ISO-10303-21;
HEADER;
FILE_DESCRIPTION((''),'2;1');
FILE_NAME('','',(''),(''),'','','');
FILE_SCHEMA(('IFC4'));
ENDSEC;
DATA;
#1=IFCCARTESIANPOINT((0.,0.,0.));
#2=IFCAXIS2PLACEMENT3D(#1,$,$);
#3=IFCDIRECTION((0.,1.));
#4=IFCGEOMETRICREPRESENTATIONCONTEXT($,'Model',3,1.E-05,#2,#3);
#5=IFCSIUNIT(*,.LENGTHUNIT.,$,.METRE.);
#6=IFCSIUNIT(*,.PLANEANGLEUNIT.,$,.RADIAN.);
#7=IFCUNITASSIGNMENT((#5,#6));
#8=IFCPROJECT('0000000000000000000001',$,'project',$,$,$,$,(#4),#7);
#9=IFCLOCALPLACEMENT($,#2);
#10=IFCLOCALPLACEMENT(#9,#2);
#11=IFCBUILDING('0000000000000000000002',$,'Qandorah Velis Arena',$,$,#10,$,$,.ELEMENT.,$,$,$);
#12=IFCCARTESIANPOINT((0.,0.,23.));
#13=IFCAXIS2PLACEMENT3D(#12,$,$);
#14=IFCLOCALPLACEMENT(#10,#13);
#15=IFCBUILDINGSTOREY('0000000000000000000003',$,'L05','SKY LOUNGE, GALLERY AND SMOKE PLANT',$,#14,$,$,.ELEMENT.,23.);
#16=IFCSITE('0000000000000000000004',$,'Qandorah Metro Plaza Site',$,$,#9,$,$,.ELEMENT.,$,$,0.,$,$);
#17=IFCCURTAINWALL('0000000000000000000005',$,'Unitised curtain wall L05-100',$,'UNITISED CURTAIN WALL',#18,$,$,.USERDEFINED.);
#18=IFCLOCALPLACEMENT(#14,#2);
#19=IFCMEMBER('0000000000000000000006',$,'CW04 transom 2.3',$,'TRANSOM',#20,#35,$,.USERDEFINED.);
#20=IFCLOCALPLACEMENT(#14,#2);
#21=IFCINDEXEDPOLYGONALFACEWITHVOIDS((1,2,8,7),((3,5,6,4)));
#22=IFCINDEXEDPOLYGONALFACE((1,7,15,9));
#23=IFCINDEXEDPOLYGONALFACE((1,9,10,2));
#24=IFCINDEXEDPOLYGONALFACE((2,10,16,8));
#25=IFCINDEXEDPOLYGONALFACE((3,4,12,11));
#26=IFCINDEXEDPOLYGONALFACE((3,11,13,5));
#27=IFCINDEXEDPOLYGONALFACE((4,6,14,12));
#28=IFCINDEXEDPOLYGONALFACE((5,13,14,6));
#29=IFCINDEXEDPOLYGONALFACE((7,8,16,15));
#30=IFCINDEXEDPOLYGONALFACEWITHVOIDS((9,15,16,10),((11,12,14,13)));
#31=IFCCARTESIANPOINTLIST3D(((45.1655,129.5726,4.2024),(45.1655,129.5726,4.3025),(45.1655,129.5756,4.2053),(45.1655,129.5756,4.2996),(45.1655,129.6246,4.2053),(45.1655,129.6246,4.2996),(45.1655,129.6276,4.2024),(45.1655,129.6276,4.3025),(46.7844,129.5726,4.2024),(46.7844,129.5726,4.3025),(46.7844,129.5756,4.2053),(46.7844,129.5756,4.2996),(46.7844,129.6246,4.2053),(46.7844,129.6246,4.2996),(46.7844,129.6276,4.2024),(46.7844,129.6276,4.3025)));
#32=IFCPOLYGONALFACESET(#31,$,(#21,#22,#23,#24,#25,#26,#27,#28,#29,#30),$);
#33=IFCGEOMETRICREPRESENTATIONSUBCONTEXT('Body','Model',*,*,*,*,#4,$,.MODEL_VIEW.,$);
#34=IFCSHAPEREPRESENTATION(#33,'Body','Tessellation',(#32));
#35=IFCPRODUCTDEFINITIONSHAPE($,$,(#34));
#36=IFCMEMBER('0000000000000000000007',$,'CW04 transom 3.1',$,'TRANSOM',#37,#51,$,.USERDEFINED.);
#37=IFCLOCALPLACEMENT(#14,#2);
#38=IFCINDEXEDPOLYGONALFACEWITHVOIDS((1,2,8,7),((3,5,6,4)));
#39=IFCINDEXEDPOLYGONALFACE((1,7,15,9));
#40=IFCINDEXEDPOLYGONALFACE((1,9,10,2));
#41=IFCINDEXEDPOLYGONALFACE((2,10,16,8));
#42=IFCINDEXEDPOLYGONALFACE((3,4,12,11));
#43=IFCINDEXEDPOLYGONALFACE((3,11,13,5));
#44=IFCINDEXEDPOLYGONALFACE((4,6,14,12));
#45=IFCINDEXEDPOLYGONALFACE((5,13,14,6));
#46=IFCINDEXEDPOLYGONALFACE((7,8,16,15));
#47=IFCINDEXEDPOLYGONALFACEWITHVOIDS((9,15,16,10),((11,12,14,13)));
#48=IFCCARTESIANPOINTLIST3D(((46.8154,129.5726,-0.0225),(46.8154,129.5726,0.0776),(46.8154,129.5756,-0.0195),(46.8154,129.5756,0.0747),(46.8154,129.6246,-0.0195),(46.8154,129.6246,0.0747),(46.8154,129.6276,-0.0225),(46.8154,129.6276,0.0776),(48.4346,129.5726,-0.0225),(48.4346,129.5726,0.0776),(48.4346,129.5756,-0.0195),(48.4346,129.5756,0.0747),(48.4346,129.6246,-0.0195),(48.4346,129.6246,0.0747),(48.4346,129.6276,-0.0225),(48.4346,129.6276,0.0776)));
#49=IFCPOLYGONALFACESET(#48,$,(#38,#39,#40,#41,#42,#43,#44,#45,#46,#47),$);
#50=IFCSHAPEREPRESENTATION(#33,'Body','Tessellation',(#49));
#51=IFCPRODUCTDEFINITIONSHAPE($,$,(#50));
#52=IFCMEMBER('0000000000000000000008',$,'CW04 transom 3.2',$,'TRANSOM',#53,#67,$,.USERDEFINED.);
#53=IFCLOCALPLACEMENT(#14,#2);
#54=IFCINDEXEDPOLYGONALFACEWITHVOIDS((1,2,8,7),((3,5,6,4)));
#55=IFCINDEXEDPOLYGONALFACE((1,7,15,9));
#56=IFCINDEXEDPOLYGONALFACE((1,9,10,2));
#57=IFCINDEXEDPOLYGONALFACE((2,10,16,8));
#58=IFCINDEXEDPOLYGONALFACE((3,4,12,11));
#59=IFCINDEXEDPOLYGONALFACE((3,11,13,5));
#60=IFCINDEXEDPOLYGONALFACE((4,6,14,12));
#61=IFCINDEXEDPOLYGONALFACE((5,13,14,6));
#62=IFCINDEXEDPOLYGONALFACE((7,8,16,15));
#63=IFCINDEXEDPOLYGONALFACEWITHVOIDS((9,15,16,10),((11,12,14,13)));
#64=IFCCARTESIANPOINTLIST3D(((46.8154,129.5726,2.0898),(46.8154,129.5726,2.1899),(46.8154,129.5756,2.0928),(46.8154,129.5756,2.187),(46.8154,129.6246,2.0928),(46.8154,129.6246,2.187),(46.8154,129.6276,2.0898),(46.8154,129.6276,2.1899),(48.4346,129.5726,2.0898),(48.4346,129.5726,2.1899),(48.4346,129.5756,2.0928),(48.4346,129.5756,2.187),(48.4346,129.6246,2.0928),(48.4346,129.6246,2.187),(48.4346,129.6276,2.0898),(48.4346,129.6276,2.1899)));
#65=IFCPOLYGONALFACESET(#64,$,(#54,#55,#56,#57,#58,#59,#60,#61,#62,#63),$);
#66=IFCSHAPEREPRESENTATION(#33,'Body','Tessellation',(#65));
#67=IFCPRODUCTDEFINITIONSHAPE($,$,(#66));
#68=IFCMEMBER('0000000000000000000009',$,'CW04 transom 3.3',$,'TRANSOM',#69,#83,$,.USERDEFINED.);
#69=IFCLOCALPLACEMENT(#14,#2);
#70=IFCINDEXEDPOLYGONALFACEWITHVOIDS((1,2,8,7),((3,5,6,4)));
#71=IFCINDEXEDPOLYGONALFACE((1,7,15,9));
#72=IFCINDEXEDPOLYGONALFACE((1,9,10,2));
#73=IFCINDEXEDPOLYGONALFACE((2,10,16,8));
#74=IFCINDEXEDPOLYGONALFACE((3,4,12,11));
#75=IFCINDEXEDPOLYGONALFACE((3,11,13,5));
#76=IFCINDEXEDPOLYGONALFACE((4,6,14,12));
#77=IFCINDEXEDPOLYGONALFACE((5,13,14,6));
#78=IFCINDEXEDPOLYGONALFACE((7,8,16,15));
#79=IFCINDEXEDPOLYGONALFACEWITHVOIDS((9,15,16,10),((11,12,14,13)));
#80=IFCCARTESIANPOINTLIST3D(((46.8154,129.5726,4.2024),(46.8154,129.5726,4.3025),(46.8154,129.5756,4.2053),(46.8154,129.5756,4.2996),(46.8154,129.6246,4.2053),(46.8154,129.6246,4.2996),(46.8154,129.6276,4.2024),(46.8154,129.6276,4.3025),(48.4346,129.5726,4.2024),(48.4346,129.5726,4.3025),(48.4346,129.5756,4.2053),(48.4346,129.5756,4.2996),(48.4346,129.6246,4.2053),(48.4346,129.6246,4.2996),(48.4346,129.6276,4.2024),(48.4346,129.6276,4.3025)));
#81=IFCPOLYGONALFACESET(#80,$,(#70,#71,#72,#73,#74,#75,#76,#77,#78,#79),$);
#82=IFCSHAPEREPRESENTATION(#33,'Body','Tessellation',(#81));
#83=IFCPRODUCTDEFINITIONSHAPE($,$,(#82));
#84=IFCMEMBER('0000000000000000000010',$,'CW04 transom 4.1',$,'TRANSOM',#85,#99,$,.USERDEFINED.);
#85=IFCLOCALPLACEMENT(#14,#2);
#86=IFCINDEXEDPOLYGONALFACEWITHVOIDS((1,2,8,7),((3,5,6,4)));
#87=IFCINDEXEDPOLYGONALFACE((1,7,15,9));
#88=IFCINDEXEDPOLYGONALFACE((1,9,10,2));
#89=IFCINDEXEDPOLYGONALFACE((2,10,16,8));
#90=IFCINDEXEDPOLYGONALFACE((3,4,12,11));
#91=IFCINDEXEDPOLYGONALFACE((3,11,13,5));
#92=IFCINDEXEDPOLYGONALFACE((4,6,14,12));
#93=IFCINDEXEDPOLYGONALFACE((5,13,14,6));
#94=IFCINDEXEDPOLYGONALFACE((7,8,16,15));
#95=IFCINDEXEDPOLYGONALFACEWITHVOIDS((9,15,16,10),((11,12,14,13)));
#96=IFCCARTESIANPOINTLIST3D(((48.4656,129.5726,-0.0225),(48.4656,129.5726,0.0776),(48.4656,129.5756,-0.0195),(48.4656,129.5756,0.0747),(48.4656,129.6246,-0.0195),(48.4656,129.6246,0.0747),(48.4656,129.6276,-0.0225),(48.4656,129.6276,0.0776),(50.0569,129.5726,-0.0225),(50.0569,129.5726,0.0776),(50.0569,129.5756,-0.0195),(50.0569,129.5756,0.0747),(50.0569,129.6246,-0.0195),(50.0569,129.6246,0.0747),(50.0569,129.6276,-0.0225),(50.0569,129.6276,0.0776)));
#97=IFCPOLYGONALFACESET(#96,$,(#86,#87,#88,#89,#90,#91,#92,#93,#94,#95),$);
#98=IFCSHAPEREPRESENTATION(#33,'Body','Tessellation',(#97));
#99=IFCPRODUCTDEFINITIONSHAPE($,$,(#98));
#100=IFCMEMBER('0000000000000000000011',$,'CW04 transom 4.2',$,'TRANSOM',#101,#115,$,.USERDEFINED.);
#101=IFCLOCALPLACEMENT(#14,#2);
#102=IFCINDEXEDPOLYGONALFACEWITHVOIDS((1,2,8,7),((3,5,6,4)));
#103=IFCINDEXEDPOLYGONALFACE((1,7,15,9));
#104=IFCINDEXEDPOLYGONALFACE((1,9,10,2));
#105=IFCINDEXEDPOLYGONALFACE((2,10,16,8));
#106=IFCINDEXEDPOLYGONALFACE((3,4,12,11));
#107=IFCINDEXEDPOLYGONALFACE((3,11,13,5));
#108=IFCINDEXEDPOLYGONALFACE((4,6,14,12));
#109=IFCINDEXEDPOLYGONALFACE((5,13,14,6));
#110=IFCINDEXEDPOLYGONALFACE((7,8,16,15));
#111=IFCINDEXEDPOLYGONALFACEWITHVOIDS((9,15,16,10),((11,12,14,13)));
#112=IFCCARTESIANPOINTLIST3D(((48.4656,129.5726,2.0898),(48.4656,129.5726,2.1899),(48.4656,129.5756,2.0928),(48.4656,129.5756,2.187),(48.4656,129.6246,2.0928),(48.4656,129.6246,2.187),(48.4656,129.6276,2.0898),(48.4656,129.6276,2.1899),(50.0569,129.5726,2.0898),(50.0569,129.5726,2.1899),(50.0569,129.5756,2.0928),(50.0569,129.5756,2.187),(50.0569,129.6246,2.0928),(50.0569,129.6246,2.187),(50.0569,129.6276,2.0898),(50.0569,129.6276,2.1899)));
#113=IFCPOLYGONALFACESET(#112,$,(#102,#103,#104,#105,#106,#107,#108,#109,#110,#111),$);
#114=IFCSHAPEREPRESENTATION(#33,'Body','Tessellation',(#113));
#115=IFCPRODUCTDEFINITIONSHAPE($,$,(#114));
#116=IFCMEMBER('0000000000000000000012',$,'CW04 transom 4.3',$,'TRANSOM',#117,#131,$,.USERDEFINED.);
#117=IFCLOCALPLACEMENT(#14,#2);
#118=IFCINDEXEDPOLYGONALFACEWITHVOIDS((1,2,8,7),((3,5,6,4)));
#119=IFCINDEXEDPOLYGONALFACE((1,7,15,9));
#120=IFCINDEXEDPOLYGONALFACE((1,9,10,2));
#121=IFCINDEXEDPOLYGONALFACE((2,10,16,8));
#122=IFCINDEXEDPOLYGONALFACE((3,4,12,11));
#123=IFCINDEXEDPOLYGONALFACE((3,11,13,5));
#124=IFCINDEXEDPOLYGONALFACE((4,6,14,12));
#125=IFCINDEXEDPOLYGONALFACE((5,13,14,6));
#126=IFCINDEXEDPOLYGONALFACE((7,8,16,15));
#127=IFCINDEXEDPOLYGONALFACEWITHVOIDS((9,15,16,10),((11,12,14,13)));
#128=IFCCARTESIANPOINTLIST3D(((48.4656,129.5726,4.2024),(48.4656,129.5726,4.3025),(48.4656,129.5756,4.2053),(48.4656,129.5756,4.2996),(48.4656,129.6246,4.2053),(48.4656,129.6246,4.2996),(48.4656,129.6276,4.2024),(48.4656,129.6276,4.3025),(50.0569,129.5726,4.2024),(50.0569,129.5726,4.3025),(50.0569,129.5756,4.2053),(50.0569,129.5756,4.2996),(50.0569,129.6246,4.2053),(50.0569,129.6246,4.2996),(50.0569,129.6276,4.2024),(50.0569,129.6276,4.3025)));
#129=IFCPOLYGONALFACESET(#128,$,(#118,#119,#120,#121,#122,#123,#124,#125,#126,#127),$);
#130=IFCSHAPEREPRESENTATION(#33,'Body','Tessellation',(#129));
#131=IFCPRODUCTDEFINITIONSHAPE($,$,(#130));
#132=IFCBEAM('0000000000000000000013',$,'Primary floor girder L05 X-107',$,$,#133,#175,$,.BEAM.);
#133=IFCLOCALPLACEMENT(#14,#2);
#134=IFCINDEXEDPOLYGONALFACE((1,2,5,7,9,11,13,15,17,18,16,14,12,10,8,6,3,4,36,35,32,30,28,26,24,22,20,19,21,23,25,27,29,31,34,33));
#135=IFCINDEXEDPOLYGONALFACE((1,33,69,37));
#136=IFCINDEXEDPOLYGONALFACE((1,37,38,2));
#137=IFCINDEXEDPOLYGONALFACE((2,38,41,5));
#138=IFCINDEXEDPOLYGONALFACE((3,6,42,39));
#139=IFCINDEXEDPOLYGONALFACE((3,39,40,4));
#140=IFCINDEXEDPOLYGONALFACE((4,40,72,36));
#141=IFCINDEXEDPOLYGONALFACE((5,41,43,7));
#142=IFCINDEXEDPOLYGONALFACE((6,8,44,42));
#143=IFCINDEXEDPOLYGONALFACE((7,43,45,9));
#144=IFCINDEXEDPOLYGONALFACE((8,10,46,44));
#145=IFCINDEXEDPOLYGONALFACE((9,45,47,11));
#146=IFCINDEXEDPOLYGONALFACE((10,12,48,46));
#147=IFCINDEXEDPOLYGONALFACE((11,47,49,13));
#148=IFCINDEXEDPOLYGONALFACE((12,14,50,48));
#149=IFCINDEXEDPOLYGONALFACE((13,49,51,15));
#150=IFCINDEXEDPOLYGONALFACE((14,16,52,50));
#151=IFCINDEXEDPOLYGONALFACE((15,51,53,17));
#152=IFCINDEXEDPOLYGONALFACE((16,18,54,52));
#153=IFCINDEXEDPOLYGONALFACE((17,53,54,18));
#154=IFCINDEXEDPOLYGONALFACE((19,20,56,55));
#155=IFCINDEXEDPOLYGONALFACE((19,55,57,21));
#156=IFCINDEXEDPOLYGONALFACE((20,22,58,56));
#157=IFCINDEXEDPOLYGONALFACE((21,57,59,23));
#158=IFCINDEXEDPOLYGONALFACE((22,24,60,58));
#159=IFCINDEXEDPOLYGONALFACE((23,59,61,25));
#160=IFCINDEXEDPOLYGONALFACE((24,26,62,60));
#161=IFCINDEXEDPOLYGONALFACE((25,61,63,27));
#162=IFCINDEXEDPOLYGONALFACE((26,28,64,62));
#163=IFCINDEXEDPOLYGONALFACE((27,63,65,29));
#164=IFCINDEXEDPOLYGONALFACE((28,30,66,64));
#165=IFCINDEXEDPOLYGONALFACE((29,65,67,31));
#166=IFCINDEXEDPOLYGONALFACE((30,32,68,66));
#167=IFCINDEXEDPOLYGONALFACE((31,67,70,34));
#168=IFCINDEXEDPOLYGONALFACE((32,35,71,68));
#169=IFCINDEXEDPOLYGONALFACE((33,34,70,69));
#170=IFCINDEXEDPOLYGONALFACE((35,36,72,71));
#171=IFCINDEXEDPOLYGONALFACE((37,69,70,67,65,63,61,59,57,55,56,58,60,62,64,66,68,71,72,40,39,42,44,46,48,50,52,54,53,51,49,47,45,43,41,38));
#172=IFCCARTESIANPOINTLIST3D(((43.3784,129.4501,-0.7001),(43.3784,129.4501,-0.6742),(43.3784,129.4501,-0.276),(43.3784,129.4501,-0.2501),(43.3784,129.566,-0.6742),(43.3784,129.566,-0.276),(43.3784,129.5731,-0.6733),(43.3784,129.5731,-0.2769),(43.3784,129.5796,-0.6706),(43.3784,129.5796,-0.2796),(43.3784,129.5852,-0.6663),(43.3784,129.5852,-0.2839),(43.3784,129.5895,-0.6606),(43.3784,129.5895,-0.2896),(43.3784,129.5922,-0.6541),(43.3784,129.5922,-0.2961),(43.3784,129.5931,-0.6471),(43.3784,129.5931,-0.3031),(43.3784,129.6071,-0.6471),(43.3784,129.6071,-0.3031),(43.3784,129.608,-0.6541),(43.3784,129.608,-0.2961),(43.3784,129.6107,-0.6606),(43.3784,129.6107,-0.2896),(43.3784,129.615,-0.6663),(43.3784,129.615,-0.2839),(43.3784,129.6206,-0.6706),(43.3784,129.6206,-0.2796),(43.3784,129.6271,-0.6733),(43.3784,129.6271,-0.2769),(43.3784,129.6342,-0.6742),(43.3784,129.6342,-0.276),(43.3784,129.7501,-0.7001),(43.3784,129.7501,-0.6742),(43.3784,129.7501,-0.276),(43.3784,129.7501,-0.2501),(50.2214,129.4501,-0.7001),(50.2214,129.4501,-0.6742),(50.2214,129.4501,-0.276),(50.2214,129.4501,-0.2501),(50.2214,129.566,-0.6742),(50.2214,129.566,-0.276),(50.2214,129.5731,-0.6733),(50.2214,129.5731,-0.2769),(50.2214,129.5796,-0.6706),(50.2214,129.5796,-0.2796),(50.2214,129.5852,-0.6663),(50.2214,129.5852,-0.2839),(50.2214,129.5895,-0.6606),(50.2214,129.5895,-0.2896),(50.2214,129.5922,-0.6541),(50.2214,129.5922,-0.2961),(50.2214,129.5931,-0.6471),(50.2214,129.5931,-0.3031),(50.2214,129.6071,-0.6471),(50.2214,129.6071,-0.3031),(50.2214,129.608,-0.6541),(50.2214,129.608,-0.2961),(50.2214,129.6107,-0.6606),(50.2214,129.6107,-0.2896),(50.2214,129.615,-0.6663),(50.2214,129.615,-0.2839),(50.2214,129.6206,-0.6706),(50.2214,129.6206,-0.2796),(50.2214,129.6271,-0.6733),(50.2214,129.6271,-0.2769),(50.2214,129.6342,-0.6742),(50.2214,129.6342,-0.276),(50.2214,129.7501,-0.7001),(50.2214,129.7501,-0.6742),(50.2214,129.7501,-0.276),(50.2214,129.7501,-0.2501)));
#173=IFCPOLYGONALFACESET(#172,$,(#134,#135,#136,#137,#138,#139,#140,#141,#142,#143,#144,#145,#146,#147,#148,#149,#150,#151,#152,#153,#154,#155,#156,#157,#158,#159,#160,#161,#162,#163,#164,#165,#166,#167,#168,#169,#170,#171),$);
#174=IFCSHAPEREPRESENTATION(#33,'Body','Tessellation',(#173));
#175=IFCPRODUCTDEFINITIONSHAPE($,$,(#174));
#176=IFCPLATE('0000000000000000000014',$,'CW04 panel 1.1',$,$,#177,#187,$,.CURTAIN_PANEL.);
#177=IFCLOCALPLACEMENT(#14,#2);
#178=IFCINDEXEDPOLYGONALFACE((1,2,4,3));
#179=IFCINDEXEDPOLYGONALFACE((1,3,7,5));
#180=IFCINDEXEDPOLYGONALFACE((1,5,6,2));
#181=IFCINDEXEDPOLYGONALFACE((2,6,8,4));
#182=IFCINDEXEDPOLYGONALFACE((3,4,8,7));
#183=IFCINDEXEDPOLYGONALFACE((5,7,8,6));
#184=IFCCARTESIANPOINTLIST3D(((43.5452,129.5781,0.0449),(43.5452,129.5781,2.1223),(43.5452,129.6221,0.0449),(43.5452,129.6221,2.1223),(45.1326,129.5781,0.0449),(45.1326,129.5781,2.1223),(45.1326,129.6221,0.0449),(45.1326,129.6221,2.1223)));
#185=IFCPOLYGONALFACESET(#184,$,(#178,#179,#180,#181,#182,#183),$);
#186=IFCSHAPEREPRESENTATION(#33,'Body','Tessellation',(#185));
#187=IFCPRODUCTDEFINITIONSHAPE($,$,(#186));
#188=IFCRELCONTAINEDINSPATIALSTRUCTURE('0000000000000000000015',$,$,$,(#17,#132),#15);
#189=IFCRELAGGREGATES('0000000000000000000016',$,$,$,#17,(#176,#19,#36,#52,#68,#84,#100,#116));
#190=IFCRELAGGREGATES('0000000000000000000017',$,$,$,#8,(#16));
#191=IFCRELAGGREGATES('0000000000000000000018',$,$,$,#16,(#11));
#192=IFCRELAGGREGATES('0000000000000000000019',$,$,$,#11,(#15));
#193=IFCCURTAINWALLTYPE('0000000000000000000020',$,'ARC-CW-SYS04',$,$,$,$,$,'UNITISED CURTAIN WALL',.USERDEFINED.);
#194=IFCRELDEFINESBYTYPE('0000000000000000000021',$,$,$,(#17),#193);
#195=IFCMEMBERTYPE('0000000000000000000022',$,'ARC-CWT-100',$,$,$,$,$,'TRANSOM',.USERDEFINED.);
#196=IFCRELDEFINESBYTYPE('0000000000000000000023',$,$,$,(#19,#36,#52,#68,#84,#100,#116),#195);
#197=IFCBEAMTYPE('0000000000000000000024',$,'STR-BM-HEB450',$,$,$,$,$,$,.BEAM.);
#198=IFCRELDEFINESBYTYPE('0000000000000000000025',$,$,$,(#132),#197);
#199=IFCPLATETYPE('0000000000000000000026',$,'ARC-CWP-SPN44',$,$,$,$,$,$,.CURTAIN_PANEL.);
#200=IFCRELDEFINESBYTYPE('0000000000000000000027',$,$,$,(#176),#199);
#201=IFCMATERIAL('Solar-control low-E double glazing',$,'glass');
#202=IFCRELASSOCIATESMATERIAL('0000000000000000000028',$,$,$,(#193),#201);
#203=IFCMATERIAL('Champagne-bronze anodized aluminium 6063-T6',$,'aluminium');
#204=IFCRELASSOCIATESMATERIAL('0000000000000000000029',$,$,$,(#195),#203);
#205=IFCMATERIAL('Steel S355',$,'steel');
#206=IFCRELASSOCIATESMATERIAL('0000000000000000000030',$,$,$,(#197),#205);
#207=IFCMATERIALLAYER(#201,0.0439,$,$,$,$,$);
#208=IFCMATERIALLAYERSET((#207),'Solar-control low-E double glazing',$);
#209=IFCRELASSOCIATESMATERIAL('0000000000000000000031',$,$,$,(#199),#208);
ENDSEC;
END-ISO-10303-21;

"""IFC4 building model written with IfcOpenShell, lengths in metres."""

from ifc_helpers import new_model, si_unit, direction, frame, origin, origin_2d, place, context, subcontext, project, spatial, rectangle, hollow_rectangle, i_section, extrude, material, layer, layer_set, material_profile, profile_set, type_object, element, aggregate, save


model = new_model("IFC4")

# Units and contexts
model_context = context("Model", 3, precision=1e-05, world=origin(), true_north=direction((0.0, 1.0)))
body_context = subcontext(model_context, "Body", "Model", "MODEL_VIEW")
ifc_project = project(units=[si_unit("LENGTHUNIT", "METRE"), si_unit("PLANEANGLEUNIT", "RADIAN")], contexts=[model_context])

# Site, building, storey
site_placement = place(None, origin())
site = spatial("IfcSite", under=ifc_project, at=site_placement, Name="Qandorah Metro Plaza Site", CompositionType="ELEMENT", RefElevation=0.0)
building_placement = place(site_placement, origin())
building = spatial("IfcBuilding", under=site, at=building_placement, Name="Qandorah Velis Arena", CompositionType="ELEMENT")
storey_placement = place(building_placement, frame((0.0, 0.0, 23.0)))
storey = spatial("IfcBuildingStorey", under=building, at=storey_placement, Name="L05", Description="SKY LOUNGE, GALLERY AND SMOKE PLANT", CompositionType="ELEMENT", Elevation=23.0)

# Curtain wall, members
ifc_material_1 = material(Name="Solar-control low-E double glazing", Category="glass")
curtain_wall_type = type_object("IfcCurtainWallType", Name="ARC-CW-SYS04", ElementType="UNITISED CURTAIN WALL", PredefinedType="USERDEFINED", material=ifc_material_1)
curtain_wall_placement = place(storey_placement, origin())
curtain_wall = element("IfcCurtainWall", 1, at=curtain_wall_placement, inside=storey, type_object=curtain_wall_type, Name="Unitised curtain wall L05-100", ObjectType="UNITISED CURTAIN WALL", PredefinedType="USERDEFINED")
ifc_material_2 = material(Name="Champagne-bronze anodized aluminium 6063-T6", Category="aluminium")
ifc_material_profile_1 = material_profile(ifc_material_2, hollow_rectangle(XDim=0.0549, YDim=0.1001, WallThickness=0.0029, at=origin_2d()), Name="ALU TRANSOM 55x100")
ifc_profile_set_1 = profile_set([ifc_material_profile_1], Name="Champagne-bronze anodized aluminium 6063-T6")
member_type_1 = type_object("IfcMemberType", Name="ARC-CWT-100", ElementType="TRANSOM", PredefinedType="USERDEFINED", material=ifc_profile_set_1)
member_1_placement = place(storey_placement, frame((45.1655, 129.6001, 4.2524), z_axis=(1.0, 0.0, 0.0), x_axis=(0.0, 1.0, 0.0)))
member_1 = element("IfcMember", 2, at=member_1_placement, type_object=member_type_1, Name="CW04 transom 2.3", ObjectType="TRANSOM", PredefinedType="USERDEFINED", context=body_context, shape_type="SweptSolid", body=[
    extrude(hollow_rectangle(XDim=0.0549, YDim=0.1001, WallThickness=0.0029, at=origin_2d()), origin(), (0.0, 0.0, 1.0), 1.6189),
])
member_2_placement = place(storey_placement, frame((46.8154, 129.6001, 0.0276), z_axis=(1.0, 0.0, 0.0), x_axis=(0.0, 1.0, 0.0)))
member_2 = element("IfcMember", 3, at=member_2_placement, type_object=member_type_1, Name="CW04 transom 3.1", ObjectType="TRANSOM", PredefinedType="USERDEFINED", context=body_context, shape_type="SweptSolid", body=[
    extrude(hollow_rectangle(XDim=0.0549, YDim=0.1001, WallThickness=0.0029, at=origin_2d()), origin(), (0.0, 0.0, 1.0), 1.6191),
])
member_3_placement = place(storey_placement, frame((46.8154, 129.6001, 2.1399), z_axis=(1.0, 0.0, 0.0), x_axis=(0.0, 1.0, 0.0)))
member_3 = element("IfcMember", 4, at=member_3_placement, type_object=member_type_1, Name="CW04 transom 3.2", ObjectType="TRANSOM", PredefinedType="USERDEFINED", context=body_context, shape_type="SweptSolid", body=[
    extrude(hollow_rectangle(XDim=0.0549, YDim=0.1001, WallThickness=0.0029, at=origin_2d()), origin(), (0.0, 0.0, 1.0), 1.6191),
])
member_4_placement = place(storey_placement, frame((46.8154, 129.6001, 4.2524), z_axis=(1.0, 0.0, 0.0), x_axis=(0.0, 1.0, 0.0)))
member_4 = element("IfcMember", 5, at=member_4_placement, type_object=member_type_1, Name="CW04 transom 3.3", ObjectType="TRANSOM", PredefinedType="USERDEFINED", context=body_context, shape_type="SweptSolid", body=[
    extrude(hollow_rectangle(XDim=0.0549, YDim=0.1001, WallThickness=0.0029, at=origin_2d()), origin(), (0.0, 0.0, 1.0), 1.6191),
])
member_5_placement = place(storey_placement, frame((48.4656, 129.6001, 0.0276), z_axis=(1.0, 0.0, 0.0), x_axis=(0.0, 1.0, 0.0)))
member_5 = element("IfcMember", 6, at=member_5_placement, type_object=member_type_1, Name="CW04 transom 4.1", ObjectType="TRANSOM", PredefinedType="USERDEFINED", context=body_context, shape_type="SweptSolid", body=[
    extrude(hollow_rectangle(XDim=0.0549, YDim=0.1001, WallThickness=0.0029, at=origin_2d()), origin(), (0.0, 0.0, 1.0), 1.5913),
])
member_6_placement = place(storey_placement, frame((48.4656, 129.6001, 2.1399), z_axis=(1.0, 0.0, 0.0), x_axis=(0.0, 1.0, 0.0)))
member_6 = element("IfcMember", 7, at=member_6_placement, type_object=member_type_1, Name="CW04 transom 4.2", ObjectType="TRANSOM", PredefinedType="USERDEFINED", context=body_context, shape_type="SweptSolid", body=[
    extrude(hollow_rectangle(XDim=0.0549, YDim=0.1001, WallThickness=0.0029, at=origin_2d()), origin(), (0.0, 0.0, 1.0), 1.5913),
])
member_7_placement = place(storey_placement, frame((48.4656, 129.6001, 4.2524), z_axis=(1.0, 0.0, 0.0), x_axis=(0.0, 1.0, 0.0)))
member_7 = element("IfcMember", 8, at=member_7_placement, type_object=member_type_1, Name="CW04 transom 4.3", ObjectType="TRANSOM", PredefinedType="USERDEFINED", context=body_context, shape_type="SweptSolid", body=[
    extrude(hollow_rectangle(XDim=0.0549, YDim=0.1001, WallThickness=0.0029, at=origin_2d()), origin(), (0.0, 0.0, 1.0), 1.5913),
])

# Beam
ifc_material_3 = material(Name="Steel S355", Category="steel")
ifc_material_profile_2 = material_profile(ifc_material_3, i_section(OverallWidth=0.3, OverallDepth=0.45, WebThickness=0.0139, FlangeThickness=0.0259, FilletRadius=0.0271, at=origin_2d()), Name="HEB 450")
ifc_profile_set_2 = profile_set([ifc_material_profile_2], Name="Steel S355")
beam_type = type_object("IfcBeamType", Name="STR-BM-HEB450", PredefinedType="BEAM", material=ifc_profile_set_2)
beam_placement = place(storey_placement, frame((43.3784, 129.6001, -0.4751), z_axis=(1.0, 0.0, 0.0), x_axis=(0.0, 1.0, 0.0)))
element("IfcBeam", 9, at=beam_placement, inside=storey, type_object=beam_type, Name="Primary floor girder L05 X-107", PredefinedType="BEAM", context=body_context, shape_type="SweptSolid", body=[
    extrude(i_section(OverallWidth=0.3, OverallDepth=0.45, WebThickness=0.0139, FlangeThickness=0.0259, FilletRadius=0.0271, at=origin_2d()), origin(), (0.0, 0.0, 1.0), 6.843),
])

# Plate
ifc_layer = layer(ifc_material_1, 0.0439)
ifc_layer_set = layer_set([ifc_layer], Name="Solar-control low-E double glazing")
plate_type = type_object("IfcPlateType", Name="ARC-CWP-SPN44", PredefinedType="CURTAIN_PANEL", material=ifc_layer_set)
plate_1_placement = place(storey_placement, frame((44.3389, 129.6001, 0.0449), z_axis=(0.0, 0.0, 1.0), x_axis=(1.0, 0.0, 0.0)))
plate_1 = element("IfcPlate", 10, at=plate_1_placement, type_object=plate_type, Name="CW04 panel 1.1", PredefinedType="CURTAIN_PANEL", context=body_context, shape_type="SweptSolid", body=[
    extrude(rectangle(XDim=1.5874, YDim=0.0439, at=origin_2d()), origin(), (0.0, 0.0, 1.0), 2.0774),
])
aggregate(curtain_wall, [plate_1, member_1, member_2, member_3, member_4, member_5, member_6, member_7])

save(model, "model.ifc")
